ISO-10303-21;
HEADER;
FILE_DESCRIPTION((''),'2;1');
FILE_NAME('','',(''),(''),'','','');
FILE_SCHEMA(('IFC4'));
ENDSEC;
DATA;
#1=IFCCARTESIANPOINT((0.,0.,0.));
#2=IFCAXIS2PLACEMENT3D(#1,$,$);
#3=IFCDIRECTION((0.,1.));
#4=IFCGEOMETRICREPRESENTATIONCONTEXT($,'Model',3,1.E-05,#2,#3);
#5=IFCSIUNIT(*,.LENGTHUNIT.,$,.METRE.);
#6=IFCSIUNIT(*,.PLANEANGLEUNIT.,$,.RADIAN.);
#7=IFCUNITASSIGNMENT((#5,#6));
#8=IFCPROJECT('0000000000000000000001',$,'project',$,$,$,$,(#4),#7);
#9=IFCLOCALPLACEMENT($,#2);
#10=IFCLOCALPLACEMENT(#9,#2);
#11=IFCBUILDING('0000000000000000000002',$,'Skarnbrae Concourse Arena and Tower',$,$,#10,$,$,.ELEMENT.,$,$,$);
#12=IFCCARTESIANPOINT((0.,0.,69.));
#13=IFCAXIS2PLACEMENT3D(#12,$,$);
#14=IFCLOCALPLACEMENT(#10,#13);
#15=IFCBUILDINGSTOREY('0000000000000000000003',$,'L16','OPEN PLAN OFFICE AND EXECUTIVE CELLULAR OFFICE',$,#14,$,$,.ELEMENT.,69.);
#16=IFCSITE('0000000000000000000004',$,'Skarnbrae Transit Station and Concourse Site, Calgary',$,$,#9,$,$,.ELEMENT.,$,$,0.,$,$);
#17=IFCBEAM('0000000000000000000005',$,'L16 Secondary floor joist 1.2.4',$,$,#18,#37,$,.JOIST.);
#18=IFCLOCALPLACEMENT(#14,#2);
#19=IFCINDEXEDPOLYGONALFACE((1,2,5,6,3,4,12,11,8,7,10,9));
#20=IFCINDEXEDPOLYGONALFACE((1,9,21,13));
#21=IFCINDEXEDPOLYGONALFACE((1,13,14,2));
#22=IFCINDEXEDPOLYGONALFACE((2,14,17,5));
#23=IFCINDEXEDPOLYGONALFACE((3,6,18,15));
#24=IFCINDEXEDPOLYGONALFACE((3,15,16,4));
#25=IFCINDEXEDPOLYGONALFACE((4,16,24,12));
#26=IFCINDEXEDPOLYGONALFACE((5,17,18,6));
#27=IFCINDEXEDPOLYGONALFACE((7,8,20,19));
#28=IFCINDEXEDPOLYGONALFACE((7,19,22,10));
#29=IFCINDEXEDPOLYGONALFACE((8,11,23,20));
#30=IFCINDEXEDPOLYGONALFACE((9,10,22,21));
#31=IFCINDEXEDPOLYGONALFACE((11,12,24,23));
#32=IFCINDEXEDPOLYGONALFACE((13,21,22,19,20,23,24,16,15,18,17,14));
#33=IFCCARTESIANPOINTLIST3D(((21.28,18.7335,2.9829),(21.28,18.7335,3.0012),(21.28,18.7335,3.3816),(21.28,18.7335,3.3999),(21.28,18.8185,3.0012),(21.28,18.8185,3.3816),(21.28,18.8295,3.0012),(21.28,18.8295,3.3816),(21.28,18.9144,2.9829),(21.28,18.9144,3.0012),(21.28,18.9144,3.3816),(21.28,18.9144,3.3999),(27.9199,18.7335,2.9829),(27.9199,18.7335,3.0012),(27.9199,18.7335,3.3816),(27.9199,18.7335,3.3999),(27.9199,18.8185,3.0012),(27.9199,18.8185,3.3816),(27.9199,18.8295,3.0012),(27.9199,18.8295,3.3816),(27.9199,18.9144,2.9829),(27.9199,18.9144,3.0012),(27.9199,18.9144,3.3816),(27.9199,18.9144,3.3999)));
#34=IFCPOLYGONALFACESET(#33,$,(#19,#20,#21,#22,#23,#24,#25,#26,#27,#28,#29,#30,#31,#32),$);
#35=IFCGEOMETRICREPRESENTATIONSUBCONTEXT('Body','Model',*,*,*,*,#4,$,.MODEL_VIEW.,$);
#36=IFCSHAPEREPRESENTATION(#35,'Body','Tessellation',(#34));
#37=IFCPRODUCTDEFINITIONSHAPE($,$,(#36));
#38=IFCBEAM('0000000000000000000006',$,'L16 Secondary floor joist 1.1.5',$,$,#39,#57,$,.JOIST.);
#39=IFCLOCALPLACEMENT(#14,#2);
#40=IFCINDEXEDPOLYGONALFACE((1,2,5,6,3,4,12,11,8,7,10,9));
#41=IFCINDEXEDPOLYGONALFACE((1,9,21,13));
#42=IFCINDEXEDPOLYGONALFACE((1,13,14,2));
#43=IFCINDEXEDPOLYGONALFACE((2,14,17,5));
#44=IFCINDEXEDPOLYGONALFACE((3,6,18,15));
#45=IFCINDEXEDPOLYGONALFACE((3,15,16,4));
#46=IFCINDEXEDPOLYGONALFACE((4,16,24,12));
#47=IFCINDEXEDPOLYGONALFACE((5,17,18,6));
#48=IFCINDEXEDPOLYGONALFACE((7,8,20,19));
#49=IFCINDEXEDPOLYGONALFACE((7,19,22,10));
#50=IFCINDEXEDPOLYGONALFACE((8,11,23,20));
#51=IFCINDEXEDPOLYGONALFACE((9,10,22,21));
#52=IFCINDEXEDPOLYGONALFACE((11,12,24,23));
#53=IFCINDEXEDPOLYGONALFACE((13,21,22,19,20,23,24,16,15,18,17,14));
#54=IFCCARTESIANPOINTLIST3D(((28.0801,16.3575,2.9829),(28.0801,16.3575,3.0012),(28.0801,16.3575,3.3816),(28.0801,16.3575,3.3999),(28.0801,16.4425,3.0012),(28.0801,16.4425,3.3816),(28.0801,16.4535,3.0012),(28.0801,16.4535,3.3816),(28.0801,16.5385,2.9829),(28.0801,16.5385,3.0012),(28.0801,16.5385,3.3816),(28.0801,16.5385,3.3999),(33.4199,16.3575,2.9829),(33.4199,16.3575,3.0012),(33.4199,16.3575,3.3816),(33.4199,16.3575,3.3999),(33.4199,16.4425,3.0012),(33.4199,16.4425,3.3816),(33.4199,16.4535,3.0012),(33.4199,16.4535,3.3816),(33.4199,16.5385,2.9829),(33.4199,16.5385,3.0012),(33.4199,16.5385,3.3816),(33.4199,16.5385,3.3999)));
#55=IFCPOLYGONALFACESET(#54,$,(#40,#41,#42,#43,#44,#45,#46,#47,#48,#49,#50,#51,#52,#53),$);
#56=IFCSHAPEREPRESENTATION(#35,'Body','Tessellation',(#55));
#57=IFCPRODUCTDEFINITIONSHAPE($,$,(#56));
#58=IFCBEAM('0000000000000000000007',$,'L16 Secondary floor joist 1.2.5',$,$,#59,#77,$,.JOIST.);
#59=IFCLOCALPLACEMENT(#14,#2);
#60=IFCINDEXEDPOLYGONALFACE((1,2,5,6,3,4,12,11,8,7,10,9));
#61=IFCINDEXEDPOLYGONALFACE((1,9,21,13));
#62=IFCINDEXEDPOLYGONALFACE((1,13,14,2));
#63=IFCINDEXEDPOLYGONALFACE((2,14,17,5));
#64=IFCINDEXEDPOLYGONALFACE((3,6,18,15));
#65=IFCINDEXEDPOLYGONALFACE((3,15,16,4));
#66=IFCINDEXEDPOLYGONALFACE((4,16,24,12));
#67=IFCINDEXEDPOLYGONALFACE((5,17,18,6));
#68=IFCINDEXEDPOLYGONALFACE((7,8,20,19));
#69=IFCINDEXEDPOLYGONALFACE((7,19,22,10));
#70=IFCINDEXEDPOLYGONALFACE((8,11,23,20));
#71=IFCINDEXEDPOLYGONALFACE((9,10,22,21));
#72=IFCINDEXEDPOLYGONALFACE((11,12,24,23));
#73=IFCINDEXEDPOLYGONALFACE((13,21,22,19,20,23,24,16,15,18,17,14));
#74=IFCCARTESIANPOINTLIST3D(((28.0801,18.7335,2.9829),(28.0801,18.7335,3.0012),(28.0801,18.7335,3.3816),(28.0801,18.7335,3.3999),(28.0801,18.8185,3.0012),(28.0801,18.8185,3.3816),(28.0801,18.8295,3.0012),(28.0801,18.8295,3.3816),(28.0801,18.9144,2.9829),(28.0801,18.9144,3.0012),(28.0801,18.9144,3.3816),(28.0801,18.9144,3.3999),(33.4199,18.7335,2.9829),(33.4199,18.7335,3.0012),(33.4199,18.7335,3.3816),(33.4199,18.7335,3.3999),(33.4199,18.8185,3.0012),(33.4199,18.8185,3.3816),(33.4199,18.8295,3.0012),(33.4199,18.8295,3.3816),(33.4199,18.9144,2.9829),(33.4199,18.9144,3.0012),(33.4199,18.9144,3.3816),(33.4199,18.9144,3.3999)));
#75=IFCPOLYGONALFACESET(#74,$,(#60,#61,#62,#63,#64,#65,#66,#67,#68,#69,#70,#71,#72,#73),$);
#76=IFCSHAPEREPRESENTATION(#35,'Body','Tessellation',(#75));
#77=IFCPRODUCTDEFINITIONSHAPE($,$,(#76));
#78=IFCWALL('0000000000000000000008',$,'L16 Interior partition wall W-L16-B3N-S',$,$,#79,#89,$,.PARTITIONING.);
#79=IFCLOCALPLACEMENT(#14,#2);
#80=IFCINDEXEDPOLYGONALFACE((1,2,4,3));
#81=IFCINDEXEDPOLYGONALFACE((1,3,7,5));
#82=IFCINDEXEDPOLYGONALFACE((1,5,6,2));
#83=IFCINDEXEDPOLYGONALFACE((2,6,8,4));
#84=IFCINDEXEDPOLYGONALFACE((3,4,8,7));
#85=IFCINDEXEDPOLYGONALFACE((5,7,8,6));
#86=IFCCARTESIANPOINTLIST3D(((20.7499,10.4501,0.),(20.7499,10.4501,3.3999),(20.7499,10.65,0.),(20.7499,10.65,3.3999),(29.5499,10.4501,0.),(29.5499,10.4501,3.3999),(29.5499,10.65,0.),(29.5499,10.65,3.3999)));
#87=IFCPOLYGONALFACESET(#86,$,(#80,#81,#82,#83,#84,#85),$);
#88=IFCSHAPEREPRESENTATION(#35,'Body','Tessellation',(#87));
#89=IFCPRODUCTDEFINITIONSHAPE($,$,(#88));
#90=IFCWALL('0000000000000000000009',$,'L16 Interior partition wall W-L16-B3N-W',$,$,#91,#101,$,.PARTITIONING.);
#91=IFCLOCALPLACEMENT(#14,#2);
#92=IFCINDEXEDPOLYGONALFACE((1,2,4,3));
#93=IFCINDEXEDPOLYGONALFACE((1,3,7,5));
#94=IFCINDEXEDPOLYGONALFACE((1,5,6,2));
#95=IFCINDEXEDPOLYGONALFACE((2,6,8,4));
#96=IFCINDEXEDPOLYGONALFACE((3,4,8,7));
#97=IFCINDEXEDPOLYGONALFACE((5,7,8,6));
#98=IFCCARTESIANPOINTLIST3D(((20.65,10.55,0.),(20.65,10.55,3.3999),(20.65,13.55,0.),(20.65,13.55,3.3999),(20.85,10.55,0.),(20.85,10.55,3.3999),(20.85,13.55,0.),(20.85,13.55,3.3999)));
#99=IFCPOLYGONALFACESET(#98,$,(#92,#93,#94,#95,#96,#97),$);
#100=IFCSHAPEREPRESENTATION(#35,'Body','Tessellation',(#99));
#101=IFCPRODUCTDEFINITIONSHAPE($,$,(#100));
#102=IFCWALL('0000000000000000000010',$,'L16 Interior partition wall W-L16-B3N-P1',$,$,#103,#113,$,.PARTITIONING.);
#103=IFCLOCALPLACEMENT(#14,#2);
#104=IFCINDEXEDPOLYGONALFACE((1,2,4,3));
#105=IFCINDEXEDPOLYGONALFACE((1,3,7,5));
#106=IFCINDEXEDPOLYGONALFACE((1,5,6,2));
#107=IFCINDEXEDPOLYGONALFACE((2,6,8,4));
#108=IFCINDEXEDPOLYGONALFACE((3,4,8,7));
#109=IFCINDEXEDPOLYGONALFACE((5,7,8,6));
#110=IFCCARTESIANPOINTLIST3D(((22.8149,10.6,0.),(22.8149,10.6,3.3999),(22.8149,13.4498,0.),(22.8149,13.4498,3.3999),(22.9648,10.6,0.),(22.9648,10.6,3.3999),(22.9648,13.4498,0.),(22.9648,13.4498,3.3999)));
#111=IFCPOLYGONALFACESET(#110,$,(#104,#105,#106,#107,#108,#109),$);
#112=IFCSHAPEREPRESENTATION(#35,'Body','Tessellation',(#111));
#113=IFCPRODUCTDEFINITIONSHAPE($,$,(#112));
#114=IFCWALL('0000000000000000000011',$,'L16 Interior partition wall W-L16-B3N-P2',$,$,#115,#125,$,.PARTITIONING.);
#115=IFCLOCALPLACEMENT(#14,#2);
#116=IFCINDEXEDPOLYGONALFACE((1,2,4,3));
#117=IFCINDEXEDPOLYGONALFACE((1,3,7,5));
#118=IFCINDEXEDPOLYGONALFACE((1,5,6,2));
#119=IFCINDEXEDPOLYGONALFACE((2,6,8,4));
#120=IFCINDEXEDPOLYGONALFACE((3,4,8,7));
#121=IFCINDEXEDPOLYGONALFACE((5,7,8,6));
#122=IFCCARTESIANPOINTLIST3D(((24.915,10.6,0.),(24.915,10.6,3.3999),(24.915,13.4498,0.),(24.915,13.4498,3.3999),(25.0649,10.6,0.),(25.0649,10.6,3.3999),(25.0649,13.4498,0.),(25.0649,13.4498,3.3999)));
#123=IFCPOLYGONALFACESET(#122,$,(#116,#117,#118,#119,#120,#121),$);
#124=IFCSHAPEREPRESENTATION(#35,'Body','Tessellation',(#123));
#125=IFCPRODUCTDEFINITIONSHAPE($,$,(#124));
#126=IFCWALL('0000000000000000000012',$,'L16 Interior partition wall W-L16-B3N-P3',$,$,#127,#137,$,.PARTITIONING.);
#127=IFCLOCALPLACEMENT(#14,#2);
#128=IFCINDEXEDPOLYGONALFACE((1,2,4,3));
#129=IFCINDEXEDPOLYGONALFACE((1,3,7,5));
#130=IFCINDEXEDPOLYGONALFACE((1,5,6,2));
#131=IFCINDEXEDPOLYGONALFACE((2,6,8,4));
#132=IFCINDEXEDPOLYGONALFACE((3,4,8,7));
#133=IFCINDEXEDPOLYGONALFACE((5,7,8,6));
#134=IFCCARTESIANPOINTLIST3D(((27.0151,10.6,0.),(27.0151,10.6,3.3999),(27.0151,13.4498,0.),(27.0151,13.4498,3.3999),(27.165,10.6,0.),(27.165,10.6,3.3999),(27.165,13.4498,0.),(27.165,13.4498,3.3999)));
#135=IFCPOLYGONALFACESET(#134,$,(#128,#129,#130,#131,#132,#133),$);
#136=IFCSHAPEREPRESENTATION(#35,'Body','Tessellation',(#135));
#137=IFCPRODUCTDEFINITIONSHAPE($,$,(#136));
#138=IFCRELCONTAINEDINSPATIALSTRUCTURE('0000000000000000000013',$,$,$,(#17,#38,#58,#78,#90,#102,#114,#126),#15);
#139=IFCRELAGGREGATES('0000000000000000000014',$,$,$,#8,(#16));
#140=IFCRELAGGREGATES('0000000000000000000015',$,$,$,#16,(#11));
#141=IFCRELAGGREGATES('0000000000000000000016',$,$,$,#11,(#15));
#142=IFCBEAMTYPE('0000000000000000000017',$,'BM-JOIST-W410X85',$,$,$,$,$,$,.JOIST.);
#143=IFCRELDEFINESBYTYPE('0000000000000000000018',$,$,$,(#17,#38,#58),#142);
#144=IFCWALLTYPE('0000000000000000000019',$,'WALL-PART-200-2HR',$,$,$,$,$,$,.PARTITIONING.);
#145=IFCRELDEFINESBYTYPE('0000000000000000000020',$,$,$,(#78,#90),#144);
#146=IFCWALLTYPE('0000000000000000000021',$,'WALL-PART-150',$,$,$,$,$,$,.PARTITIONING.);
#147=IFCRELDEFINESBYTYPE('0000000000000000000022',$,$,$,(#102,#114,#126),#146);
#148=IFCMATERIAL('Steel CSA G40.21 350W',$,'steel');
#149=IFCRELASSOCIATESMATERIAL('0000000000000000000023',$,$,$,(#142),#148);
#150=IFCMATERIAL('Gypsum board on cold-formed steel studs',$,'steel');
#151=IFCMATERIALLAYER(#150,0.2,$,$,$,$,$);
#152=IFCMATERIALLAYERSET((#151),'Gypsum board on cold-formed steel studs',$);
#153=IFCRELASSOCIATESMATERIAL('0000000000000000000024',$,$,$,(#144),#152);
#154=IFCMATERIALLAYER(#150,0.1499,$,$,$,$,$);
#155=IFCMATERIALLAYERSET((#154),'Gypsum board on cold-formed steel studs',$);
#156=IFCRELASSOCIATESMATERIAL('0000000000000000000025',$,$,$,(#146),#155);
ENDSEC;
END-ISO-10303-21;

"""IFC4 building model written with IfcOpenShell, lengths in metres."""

from ifc_helpers import new_model, si_unit, direction, frame, frame_2d, origin, origin_2d, place, context, subcontext, project, spatial, rectangle, i_section, extrude, source, transform, mapped, material, layer, layer_set, material_profile, profile_set, type_object, element, save


model = new_model("IFC4")

# Units and contexts
model_context = context("Model", 3, precision=1e-05, world=origin(), true_north=direction((0.0, 1.0)))
body_context = subcontext(model_context, "Body", "Model", "MODEL_VIEW")
ifc_project = project(units=[si_unit("LENGTHUNIT", "METRE"), si_unit("PLANEANGLEUNIT", "RADIAN")], contexts=[model_context])

# Site, building, storey
site_placement = place(None, origin())
site = spatial("IfcSite", under=ifc_project, at=site_placement, Name="Skarnbrae Transit Station and Concourse Site, Calgary", CompositionType="ELEMENT", RefElevation=0.0)
building_placement = place(site_placement, origin())
building = spatial("IfcBuilding", under=site, at=building_placement, Name="Skarnbrae Concourse Arena and Tower", CompositionType="ELEMENT")
storey_placement = place(building_placement, frame((0.0, 0.0, 69.0)))
storey = spatial("IfcBuildingStorey", under=building, at=storey_placement, Name="L16", Description="OPEN PLAN OFFICE AND EXECUTIVE CELLULAR OFFICE", CompositionType="ELEMENT", Elevation=69.0)

# Shared definitions
ifc_material_1 = material(Name="Steel CSA G40.21 350W", Category="steel")

# Beams
ifc_material_profile_1 = material_profile(ifc_material_1, i_section(OverallWidth=0.1809, OverallDepth=0.417, WebThickness=0.011, FlangeThickness=0.0183, at=origin_2d()), Name="W410X85")
ifc_profile_set_1 = profile_set([ifc_material_profile_1], Name="Steel CSA G40.21 350W")
beam_type_1 = type_object("IfcBeamType", Name="BM-JOIST-W410X85", PredefinedType="JOIST", material=ifc_profile_set_1)
shared_shape_1 = source(origin(), body_context, "Body", "SweptSolid", [
    extrude(i_section(OverallWidth=0.1809, OverallDepth=0.417, WebThickness=0.011, FlangeThickness=0.0183, at=origin_2d()), origin(), (0.0, 0.0, 1.0), 6.6399),
])
for number, where, z_axis, x_axis, name in (
    (1, (21.28, 18.824, 3.1914), (1.0, 0.0, 0.0), (0.0, 1.0, 0.0), "L16 Secondary floor joist 1.2.4"),
):
    element("IfcBeam", number, at=place(storey_placement, frame(where, z_axis=z_axis, x_axis=x_axis)), inside=storey, type_object=beam_type_1, Name=name, PredefinedType="JOIST", context=body_context, shape_type="MappedRepresentation", body=[
        mapped(shared_shape_1, transform((0.0, 0.0, 0.0))),
    ])
shared_shape_2 = source(origin(), body_context, "Body", "SweptSolid", [
    extrude(i_section(OverallWidth=0.1809, OverallDepth=0.417, WebThickness=0.011, FlangeThickness=0.0183, at=origin_2d()), origin(), (0.0, 0.0, 1.0), 5.3398),
])
for number, where, z_axis, x_axis, name in (
    (2, (28.0801, 16.448, 3.1914), (1.0, 0.0, 0.0), (0.0, 1.0, 0.0), "L16 Secondary floor joist 1.1.5"),
    (3, (28.0801, 18.824, 3.1914), (1.0, 0.0, 0.0), (0.0, 1.0, 0.0), "L16 Secondary floor joist 1.2.5"),
):
    element("IfcBeam", number, at=place(storey_placement, frame(where, z_axis=z_axis, x_axis=x_axis)), inside=storey, type_object=beam_type_1, Name=name, PredefinedType="JOIST", context=body_context, shape_type="MappedRepresentation", body=[
        mapped(shared_shape_2, transform((0.0, 0.0, 0.0))),
    ])

# Walls
ifc_material_2 = material(Name="Gypsum board on cold-formed steel studs", Category="steel")
ifc_layer_1 = layer(ifc_material_2, 0.2)
ifc_layer_set_1 = layer_set([ifc_layer_1], Name="Gypsum board on cold-formed steel studs")
wall_type_1 = type_object("IfcWallType", Name="WALL-PART-200-2HR", PredefinedType="PARTITIONING", material=ifc_layer_set_1)
shared_shape_3 = source(origin(), body_context, "Body", "SweptSolid", [
    extrude(rectangle(XDim=8.8, YDim=0.2, at=frame_2d((4.3999, 0.0))), origin(), (0.0, 0.0, 1.0), 3.3999),
])
wall_1_placement = place(storey_placement, frame((20.75, 10.55, 0.0), z_axis=(0.0, 0.0, 1.0), x_axis=(1.0, 0.0, 0.0)))
element("IfcWall", 4, at=wall_1_placement, inside=storey, type_object=wall_type_1, Name="L16 Interior partition wall W-L16-B3N-S", PredefinedType="PARTITIONING", context=body_context, shape_type="MappedRepresentation", body=[
    mapped(shared_shape_3, transform((0.0, 0.0, 0.0))),
])
shared_shape_4 = source(origin(), body_context, "Body", "SweptSolid", [
    extrude(rectangle(XDim=3.0, YDim=0.2, at=frame_2d((1.5, 0.0))), origin(), (0.0, 0.0, 1.0), 3.3999),
])
wall_2_placement = place(storey_placement, frame((20.75, 10.55, 0.0), z_axis=(0.0, 0.0, 1.0), x_axis=(0.0, 1.0, 0.0)))
element("IfcWall", 5, at=wall_2_placement, inside=storey, type_object=wall_type_1, Name="L16 Interior partition wall W-L16-B3N-W", PredefinedType="PARTITIONING", context=body_context, shape_type="MappedRepresentation", body=[
    mapped(shared_shape_4, transform((0.0, 0.0, 0.0))),
])
ifc_layer_2 = layer(ifc_material_2, 0.1499)
ifc_layer_set_2 = layer_set([ifc_layer_2], Name="Gypsum board on cold-formed steel studs")
wall_type_2 = type_object("IfcWallType", Name="WALL-PART-150", PredefinedType="PARTITIONING", material=ifc_layer_set_2)
shared_shape_5 = source(origin(), body_context, "Body", "SweptSolid", [
    extrude(rectangle(XDim=2.8499, YDim=0.1499, at=frame_2d((1.4248, 0.0))), origin(), (0.0, 0.0, 1.0), 3.3999),
])
for number, where, z_axis, x_axis, name in (
    (6, (22.8899, 10.6001, 0.0), (0.0, 0.0, 1.0), (0.0, 1.0, 0.0), "L16 Interior partition wall W-L16-B3N-P1"),
    (7, (24.99, 10.6001, 0.0), (0.0, 0.0, 1.0), (0.0, 1.0, 0.0), "L16 Interior partition wall W-L16-B3N-P2"),
    (8, (27.0901, 10.6001, 0.0), (0.0, 0.0, 1.0), (0.0, 1.0, 0.0), "L16 Interior partition wall W-L16-B3N-P3"),
):
    element("IfcWall", number, at=place(storey_placement, frame(where, z_axis=z_axis, x_axis=x_axis)), inside=storey, type_object=wall_type_2, Name=name, PredefinedType="PARTITIONING", context=body_context, shape_type="MappedRepresentation", body=[
        mapped(shared_shape_5, transform((0.0, 0.0, 0.0))),
    ])

save(model, "model.ifc")
